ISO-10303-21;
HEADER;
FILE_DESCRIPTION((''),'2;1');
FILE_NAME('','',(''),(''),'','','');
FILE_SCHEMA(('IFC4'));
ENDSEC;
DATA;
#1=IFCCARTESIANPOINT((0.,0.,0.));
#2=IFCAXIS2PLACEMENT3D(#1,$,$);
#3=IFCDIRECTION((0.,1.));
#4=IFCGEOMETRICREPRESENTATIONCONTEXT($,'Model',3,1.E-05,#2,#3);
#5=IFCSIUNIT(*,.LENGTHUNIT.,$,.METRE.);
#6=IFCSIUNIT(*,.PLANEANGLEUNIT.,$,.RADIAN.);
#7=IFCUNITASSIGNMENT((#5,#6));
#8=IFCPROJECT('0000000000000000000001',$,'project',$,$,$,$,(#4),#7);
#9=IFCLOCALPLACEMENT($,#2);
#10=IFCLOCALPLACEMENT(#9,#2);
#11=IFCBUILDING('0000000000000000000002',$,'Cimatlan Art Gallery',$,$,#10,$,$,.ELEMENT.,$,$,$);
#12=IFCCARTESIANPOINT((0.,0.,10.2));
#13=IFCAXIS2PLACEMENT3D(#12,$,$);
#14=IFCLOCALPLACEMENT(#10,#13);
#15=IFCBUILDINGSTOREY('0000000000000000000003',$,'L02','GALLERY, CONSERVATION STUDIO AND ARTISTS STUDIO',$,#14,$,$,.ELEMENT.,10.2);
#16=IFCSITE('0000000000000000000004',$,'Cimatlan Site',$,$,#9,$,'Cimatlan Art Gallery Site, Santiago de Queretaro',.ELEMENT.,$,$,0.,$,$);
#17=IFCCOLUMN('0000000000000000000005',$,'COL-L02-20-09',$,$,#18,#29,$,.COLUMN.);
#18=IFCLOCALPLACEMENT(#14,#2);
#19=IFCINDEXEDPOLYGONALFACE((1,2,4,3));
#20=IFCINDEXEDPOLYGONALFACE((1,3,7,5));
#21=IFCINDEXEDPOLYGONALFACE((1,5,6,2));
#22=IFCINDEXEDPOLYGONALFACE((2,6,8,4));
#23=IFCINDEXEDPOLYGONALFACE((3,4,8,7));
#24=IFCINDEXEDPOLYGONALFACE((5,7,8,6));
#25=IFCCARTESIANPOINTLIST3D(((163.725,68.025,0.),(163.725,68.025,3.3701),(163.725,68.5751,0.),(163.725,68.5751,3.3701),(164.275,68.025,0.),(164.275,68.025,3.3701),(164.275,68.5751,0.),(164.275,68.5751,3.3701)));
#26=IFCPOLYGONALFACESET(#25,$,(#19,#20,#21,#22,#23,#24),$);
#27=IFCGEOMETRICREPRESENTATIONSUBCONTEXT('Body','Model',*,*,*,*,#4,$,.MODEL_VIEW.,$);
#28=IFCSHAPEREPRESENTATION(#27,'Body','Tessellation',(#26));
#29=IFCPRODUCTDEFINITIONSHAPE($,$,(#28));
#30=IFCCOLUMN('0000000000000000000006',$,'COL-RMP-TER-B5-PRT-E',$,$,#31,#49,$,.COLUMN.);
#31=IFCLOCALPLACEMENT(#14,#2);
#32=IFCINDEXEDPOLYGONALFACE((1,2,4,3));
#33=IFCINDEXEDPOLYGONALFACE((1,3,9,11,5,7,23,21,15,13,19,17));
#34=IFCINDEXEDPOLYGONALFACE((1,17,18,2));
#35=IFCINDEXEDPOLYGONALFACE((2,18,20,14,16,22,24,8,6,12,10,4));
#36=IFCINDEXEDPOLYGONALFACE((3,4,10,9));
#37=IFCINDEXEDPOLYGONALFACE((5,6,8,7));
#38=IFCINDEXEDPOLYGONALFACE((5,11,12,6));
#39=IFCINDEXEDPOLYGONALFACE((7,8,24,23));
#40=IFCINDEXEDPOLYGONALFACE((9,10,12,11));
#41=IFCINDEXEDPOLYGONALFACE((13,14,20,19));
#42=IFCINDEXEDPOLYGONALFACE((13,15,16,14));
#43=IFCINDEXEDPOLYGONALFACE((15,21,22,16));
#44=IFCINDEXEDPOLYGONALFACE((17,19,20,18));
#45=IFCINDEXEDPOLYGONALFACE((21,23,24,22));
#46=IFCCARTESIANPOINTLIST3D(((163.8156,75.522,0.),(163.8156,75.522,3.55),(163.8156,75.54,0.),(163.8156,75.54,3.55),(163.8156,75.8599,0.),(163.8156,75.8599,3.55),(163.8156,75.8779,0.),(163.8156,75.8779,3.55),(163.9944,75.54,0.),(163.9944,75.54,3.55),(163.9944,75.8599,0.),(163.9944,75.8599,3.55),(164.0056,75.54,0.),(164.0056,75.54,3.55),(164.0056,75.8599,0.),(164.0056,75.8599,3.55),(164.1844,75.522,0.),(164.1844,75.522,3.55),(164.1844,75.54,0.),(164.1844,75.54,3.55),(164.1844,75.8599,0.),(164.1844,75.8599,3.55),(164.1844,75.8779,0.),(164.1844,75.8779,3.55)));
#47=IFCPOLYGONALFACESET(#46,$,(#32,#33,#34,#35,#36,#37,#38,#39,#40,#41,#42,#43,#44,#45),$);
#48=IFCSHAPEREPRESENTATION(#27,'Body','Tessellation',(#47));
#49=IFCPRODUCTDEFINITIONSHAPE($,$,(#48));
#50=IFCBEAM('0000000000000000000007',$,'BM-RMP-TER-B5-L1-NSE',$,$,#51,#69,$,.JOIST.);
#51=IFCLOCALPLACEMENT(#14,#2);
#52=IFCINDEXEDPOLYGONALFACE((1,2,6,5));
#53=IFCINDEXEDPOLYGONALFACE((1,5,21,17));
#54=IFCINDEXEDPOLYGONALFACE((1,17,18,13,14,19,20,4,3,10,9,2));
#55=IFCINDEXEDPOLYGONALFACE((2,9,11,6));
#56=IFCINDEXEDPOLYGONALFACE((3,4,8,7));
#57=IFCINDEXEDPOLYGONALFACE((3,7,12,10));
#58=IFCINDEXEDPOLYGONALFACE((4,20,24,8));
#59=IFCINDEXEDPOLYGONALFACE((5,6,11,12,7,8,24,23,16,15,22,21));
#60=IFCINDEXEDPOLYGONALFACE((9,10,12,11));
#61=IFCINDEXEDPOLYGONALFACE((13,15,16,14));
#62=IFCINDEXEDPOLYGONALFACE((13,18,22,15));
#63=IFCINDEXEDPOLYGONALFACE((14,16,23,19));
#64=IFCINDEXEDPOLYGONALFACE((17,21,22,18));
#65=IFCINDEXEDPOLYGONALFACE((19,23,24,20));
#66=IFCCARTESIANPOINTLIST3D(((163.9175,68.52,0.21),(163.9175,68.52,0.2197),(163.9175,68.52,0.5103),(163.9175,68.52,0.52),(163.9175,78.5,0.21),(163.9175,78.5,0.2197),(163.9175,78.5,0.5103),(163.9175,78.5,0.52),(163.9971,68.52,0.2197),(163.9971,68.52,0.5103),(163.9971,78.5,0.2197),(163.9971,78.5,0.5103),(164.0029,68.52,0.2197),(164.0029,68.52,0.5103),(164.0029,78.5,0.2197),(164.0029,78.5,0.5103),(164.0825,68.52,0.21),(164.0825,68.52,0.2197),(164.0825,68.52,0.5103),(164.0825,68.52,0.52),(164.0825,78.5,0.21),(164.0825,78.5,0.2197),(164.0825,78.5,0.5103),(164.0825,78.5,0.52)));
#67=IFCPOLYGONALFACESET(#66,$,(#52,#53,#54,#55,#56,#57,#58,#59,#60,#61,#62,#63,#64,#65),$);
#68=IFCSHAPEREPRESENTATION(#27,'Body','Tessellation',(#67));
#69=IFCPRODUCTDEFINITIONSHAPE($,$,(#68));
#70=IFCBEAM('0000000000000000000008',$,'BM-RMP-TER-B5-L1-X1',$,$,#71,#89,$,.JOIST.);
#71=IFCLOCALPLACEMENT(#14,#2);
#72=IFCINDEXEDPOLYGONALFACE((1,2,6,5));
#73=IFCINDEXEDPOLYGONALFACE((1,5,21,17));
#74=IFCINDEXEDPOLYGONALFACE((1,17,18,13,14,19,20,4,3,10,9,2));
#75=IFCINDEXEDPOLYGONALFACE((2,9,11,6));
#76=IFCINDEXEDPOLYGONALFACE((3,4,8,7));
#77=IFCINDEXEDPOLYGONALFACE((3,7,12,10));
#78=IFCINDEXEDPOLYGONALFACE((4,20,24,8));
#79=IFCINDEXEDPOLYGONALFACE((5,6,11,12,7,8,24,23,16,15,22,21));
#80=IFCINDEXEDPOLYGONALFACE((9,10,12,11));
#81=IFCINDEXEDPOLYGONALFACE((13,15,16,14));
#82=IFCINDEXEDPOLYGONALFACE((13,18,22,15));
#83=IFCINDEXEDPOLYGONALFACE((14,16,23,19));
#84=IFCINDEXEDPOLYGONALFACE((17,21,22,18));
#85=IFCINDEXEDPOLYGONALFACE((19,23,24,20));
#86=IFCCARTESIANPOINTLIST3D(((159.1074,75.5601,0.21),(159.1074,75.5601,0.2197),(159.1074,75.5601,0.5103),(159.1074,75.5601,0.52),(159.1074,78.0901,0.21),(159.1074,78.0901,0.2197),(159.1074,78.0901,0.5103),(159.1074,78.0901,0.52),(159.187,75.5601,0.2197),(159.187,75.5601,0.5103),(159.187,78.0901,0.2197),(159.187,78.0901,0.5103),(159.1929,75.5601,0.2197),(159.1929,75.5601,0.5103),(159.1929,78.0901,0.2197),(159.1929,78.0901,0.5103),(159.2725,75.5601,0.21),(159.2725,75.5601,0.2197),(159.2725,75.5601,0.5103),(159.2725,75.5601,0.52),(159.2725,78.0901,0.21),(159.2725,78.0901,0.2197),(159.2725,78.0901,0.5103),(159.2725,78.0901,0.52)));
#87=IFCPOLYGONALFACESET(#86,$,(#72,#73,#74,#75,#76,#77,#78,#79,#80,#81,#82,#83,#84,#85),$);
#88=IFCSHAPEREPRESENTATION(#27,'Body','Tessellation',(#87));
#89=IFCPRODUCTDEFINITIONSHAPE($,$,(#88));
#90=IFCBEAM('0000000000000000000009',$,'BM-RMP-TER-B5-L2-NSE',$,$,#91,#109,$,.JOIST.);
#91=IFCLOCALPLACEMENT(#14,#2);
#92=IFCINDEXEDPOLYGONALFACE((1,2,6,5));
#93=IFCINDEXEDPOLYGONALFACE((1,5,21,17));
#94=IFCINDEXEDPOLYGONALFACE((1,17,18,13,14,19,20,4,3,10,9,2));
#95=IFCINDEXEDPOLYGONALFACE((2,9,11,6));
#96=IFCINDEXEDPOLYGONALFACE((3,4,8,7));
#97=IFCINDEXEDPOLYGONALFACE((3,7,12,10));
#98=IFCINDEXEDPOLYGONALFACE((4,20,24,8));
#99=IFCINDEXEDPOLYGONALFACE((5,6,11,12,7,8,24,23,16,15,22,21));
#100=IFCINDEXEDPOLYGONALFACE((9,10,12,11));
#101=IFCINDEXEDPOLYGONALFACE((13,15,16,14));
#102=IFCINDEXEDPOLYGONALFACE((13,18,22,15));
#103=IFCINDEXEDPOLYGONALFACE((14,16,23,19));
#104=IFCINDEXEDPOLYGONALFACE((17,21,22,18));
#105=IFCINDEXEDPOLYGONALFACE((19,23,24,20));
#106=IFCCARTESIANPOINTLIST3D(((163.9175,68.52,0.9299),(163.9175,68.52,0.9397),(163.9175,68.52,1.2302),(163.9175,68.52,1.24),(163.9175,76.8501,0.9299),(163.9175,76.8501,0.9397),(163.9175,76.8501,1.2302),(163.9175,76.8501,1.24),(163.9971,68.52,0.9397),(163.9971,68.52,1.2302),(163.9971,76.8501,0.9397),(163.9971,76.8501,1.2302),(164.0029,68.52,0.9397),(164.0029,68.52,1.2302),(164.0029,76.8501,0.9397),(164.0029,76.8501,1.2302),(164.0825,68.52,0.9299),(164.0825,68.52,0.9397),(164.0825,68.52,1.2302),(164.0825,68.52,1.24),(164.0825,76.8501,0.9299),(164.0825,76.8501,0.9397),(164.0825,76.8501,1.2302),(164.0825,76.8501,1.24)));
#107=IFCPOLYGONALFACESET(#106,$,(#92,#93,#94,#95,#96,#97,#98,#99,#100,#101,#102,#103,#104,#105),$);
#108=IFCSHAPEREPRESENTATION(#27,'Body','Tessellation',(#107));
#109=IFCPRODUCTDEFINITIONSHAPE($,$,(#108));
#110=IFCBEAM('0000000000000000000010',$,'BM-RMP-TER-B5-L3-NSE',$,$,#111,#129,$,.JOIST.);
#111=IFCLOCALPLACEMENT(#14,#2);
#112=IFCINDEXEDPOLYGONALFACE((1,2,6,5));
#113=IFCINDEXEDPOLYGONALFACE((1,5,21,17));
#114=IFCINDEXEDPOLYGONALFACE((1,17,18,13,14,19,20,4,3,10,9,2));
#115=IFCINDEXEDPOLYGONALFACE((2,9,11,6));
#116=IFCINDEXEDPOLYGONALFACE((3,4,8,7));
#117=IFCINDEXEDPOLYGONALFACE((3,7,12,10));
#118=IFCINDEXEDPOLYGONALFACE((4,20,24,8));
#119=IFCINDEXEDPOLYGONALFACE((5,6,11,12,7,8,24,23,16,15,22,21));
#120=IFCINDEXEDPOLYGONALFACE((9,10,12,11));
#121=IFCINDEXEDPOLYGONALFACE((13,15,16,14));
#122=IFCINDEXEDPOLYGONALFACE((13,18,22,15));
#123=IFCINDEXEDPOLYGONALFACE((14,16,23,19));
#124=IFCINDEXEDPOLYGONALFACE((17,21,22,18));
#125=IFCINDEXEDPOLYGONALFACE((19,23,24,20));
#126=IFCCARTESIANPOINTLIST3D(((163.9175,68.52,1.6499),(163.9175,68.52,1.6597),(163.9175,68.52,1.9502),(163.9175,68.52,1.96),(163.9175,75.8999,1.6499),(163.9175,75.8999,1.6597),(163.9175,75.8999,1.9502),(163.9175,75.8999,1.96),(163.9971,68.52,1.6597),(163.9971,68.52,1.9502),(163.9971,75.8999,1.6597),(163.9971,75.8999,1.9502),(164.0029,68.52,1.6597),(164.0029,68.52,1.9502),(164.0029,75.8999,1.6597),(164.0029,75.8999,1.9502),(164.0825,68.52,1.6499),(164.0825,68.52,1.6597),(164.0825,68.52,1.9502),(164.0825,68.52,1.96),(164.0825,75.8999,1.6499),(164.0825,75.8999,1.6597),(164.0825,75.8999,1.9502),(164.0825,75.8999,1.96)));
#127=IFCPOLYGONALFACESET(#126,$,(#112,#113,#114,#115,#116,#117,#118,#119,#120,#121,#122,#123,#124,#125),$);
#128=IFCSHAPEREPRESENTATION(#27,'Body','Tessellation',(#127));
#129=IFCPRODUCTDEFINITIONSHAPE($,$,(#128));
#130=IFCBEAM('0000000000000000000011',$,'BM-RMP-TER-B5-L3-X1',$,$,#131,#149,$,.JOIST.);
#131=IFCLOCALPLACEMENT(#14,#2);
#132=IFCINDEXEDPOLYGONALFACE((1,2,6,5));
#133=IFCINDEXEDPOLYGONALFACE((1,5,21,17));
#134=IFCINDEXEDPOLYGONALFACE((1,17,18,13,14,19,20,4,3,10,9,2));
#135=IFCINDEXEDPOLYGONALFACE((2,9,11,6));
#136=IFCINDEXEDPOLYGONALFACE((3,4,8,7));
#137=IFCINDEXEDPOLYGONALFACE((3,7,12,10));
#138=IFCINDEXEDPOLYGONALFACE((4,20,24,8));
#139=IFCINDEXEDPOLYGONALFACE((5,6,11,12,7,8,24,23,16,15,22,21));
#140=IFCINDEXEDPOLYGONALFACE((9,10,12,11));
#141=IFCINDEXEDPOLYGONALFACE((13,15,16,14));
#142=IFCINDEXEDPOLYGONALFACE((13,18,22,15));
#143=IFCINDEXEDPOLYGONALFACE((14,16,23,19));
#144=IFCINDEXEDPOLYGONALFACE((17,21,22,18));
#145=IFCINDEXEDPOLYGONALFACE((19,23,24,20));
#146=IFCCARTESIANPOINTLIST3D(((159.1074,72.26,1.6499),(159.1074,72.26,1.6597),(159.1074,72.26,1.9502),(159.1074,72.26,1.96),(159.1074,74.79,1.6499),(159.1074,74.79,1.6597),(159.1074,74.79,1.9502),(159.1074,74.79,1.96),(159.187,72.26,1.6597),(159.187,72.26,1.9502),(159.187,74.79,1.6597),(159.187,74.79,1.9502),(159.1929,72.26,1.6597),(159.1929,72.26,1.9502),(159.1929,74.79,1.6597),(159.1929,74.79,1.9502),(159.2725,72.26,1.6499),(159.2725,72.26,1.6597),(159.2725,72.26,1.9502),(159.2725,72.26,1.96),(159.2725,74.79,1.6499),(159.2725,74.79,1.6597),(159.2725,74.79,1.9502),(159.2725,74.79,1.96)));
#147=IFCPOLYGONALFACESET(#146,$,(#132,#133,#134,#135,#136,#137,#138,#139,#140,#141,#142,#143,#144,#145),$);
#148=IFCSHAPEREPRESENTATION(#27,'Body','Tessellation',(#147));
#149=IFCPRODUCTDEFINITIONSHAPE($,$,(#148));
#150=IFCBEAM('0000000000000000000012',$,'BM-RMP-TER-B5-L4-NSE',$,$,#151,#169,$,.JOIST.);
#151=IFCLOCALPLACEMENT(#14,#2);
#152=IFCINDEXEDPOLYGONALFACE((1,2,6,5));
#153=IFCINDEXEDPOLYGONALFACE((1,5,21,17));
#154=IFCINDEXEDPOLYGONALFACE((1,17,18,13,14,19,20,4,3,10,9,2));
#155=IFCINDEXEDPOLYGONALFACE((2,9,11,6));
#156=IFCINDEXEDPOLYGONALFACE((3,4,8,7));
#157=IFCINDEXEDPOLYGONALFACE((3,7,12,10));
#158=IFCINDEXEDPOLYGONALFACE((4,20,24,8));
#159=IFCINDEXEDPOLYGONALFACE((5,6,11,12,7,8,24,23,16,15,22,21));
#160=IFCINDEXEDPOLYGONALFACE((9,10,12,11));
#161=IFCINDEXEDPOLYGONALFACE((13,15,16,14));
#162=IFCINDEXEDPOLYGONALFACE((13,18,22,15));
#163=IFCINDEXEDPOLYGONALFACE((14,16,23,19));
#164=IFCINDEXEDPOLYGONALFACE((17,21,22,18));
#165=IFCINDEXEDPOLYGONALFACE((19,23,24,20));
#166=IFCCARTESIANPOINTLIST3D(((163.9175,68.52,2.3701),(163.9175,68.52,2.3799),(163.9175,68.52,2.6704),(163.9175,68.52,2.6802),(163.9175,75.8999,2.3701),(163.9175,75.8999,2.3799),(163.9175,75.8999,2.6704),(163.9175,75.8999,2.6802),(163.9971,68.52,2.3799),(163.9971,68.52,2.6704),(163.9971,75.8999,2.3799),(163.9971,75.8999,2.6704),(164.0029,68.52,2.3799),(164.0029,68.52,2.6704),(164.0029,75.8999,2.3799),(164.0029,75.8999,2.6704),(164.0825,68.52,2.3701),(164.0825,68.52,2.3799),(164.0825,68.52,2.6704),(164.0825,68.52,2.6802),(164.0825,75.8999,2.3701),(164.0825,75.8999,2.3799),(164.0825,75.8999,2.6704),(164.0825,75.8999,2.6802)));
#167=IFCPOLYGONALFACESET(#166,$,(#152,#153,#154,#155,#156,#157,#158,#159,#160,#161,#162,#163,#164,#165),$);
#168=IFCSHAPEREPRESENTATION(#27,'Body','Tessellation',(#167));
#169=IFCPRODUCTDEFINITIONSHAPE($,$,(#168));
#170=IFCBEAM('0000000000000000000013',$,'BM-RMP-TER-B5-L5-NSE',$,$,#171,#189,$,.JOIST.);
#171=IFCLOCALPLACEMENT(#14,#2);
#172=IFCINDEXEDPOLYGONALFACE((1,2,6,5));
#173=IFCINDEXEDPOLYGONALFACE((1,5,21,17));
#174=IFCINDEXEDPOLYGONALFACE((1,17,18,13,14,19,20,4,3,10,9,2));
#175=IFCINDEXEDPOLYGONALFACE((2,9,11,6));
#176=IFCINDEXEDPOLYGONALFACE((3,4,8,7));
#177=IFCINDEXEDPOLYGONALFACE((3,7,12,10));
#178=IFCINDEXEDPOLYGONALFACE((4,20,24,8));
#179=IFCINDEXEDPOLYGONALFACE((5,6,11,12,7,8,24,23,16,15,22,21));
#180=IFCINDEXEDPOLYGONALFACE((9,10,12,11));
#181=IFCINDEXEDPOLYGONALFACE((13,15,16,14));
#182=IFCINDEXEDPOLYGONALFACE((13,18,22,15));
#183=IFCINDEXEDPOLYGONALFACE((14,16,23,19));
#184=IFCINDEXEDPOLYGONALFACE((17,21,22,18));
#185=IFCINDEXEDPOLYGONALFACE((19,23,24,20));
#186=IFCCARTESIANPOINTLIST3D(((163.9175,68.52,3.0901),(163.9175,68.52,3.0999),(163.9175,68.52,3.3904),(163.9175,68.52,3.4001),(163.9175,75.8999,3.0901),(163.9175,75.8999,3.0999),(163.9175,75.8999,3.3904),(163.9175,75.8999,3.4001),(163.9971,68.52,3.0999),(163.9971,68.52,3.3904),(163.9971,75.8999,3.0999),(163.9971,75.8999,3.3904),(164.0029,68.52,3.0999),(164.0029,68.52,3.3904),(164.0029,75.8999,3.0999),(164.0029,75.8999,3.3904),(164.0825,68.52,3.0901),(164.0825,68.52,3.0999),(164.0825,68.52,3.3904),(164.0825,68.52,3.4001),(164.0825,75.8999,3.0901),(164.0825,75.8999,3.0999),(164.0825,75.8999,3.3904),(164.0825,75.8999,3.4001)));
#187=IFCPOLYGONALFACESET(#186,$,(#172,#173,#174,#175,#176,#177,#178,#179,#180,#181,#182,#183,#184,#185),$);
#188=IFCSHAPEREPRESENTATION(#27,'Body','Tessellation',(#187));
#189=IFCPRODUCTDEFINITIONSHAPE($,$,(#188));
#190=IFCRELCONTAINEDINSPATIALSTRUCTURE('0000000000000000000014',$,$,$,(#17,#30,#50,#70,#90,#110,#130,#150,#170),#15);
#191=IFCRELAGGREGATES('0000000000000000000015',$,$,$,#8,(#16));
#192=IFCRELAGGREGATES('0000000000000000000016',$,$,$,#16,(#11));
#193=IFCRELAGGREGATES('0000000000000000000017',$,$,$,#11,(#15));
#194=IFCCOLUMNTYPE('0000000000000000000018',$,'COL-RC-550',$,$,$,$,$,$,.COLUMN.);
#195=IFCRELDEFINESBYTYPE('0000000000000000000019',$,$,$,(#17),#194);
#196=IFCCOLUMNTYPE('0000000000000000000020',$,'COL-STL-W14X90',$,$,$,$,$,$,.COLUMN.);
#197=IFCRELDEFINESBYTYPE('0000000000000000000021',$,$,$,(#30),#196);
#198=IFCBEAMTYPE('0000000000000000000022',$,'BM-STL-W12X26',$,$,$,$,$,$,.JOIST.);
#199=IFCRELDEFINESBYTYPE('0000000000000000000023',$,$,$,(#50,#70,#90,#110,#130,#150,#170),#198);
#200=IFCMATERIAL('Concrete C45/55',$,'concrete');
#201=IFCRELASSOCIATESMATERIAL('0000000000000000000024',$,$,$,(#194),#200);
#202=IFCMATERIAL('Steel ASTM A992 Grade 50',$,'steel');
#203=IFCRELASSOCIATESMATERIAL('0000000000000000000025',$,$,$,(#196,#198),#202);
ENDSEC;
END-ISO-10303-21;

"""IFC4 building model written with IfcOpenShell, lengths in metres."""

from ifc_helpers import new_model, si_unit, direction, frame, origin, origin_2d, place, context, subcontext, project, spatial, rectangle, i_section, extrude, material, material_profile, profile_set, type_object, element, save


model = new_model("IFC4")

# Units and contexts
model_context = context("Model", 3, precision=1e-05, world=origin(), true_north=direction((0.0, 1.0)))
body_context = subcontext(model_context, "Body", "Model", "MODEL_VIEW")
ifc_project = project(units=[si_unit("LENGTHUNIT", "METRE"), si_unit("PLANEANGLEUNIT", "RADIAN")], contexts=[model_context])

# Site, building, storey
site_placement = place(None, origin())
site = spatial("IfcSite", under=ifc_project, at=site_placement, Name="Cimatlan Site", LongName="Cimatlan Art Gallery Site, Santiago de Queretaro", CompositionType="ELEMENT", RefElevation=0.0)
building_placement = place(site_placement, origin())
building = spatial("IfcBuilding", under=site, at=building_placement, Name="Cimatlan Art Gallery", CompositionType="ELEMENT")
storey_placement = place(building_placement, frame((0.0, 0.0, 10.2)))
storey = spatial("IfcBuildingStorey", under=building, at=storey_placement, Name="L02", Description="GALLERY, CONSERVATION STUDIO AND ARTISTS STUDIO", CompositionType="ELEMENT", Elevation=10.2)

# Columns
ifc_material_1 = material(Name="Concrete C45/55", Category="concrete")
ifc_material_profile_1 = material_profile(ifc_material_1, rectangle(XDim=0.55, YDim=0.55, at=origin_2d()), Name="RC550X550")
ifc_profile_set_1 = profile_set([ifc_material_profile_1], Name="Concrete C45/55")
column_type_1 = type_object("IfcColumnType", Name="COL-RC-550", PredefinedType="COLUMN", material=ifc_profile_set_1)
column_1_placement = place(storey_placement, frame((164.0, 68.3, 0.0), z_axis=(0.0, 0.0, 1.0), x_axis=(1.0, 0.0, 0.0)))
element("IfcColumn", 1, at=column_1_placement, inside=storey, type_object=column_type_1, Name="COL-L02-20-09", PredefinedType="COLUMN", context=body_context, shape_type="SweptSolid", body=[
    extrude(rectangle(XDim=0.55, YDim=0.55, at=origin_2d()), origin(), (0.0, 0.0, 1.0), 3.3701),
])
ifc_material_2 = material(Name="Steel ASTM A992 Grade 50", Category="steel")
ifc_material_profile_2 = material_profile(ifc_material_2, i_section(OverallWidth=0.3689, OverallDepth=0.356, WebThickness=0.0112, FlangeThickness=0.0181, at=origin_2d()), Name="W14X90")
ifc_profile_set_2 = profile_set([ifc_material_profile_2], Name="Steel ASTM A992 Grade 50")
column_type_2 = type_object("IfcColumnType", Name="COL-STL-W14X90", PredefinedType="COLUMN", material=ifc_profile_set_2)
column_2_placement = place(storey_placement, frame((164.0, 75.7, 0.0), z_axis=(0.0, 0.0, 1.0), x_axis=(1.0, 0.0, 0.0)))
element("IfcColumn", 2, at=column_2_placement, inside=storey, type_object=column_type_2, Name="COL-RMP-TER-B5-PRT-E", PredefinedType="COLUMN", context=body_context, shape_type="SweptSolid", body=[
    extrude(i_section(OverallWidth=0.3689, OverallDepth=0.356, WebThickness=0.0112, FlangeThickness=0.0181, at=origin_2d()), origin(), (0.0, 0.0, 1.0), 3.55),
])

# Beams
ifc_material_profile_3 = material_profile(ifc_material_2, i_section(OverallWidth=0.165, OverallDepth=0.3101, WebThickness=0.0059, FlangeThickness=0.0098, at=origin_2d()), Name="W12X26")
ifc_profile_set_3 = profile_set([ifc_material_profile_3], Name="Steel ASTM A992 Grade 50")
beam_type = type_object("IfcBeamType", Name="BM-STL-W12X26", PredefinedType="JOIST", material=ifc_profile_set_3)
beam_1_placement = place(storey_placement, frame((164.0, 68.52, 0.365), z_axis=(0.0, 1.0, 0.0), x_axis=(-1.0, 0.0, 0.0)))
element("IfcBeam", 3, at=beam_1_placement, inside=storey, type_object=beam_type, Name="BM-RMP-TER-B5-L1-NSE", PredefinedType="JOIST", context=body_context, shape_type="SweptSolid", body=[
    extrude(i_section(OverallWidth=0.165, OverallDepth=0.3101, WebThickness=0.0059, FlangeThickness=0.0098, at=origin_2d()), origin(), (0.0, 0.0, 1.0), 9.98),
])
beam_2_placement = place(storey_placement, frame((159.1899, 75.5601, 0.365), z_axis=(0.0, 1.0, 0.0), x_axis=(-1.0, 0.0, 0.0)))
element("IfcBeam", 4, at=beam_2_placement, inside=storey, type_object=beam_type, Name="BM-RMP-TER-B5-L1-X1", PredefinedType="JOIST", context=body_context, shape_type="SweptSolid", body=[
    extrude(i_section(OverallWidth=0.165, OverallDepth=0.3101, WebThickness=0.0059, FlangeThickness=0.0098, at=origin_2d()), origin(), (0.0, 0.0, 1.0), 2.53),
])
beam_3_placement = place(storey_placement, frame((164.0, 68.52, 1.085), z_axis=(0.0, 1.0, 0.0), x_axis=(-1.0, 0.0, 0.0)))
element("IfcBeam", 5, at=beam_3_placement, inside=storey, type_object=beam_type, Name="BM-RMP-TER-B5-L2-NSE", PredefinedType="JOIST", context=body_context, shape_type="SweptSolid", body=[
    extrude(i_section(OverallWidth=0.165, OverallDepth=0.3101, WebThickness=0.0059, FlangeThickness=0.0098, at=origin_2d()), origin(), (0.0, 0.0, 1.0), 8.3301),
])
beam_4_placement = place(storey_placement, frame((164.0, 68.52, 1.8049), z_axis=(0.0, 1.0, 0.0), x_axis=(-1.0, 0.0, 0.0)))
element("IfcBeam", 6, at=beam_4_placement, inside=storey, type_object=beam_type, Name="BM-RMP-TER-B5-L3-NSE", PredefinedType="JOIST", context=body_context, shape_type="SweptSolid", body=[
    extrude(i_section(OverallWidth=0.165, OverallDepth=0.3101, WebThickness=0.0059, FlangeThickness=0.0098, at=origin_2d()), origin(), (0.0, 0.0, 1.0), 7.3799),
])
beam_5_placement = place(storey_placement, frame((159.1899, 72.26, 1.8049), z_axis=(0.0, 1.0, 0.0), x_axis=(-1.0, 0.0, 0.0)))
element("IfcBeam", 7, at=beam_5_placement, inside=storey, type_object=beam_type, Name="BM-RMP-TER-B5-L3-X1", PredefinedType="JOIST", context=body_context, shape_type="SweptSolid", body=[
    extrude(i_section(OverallWidth=0.165, OverallDepth=0.3101, WebThickness=0.0059, FlangeThickness=0.0098, at=origin_2d()), origin(), (0.0, 0.0, 1.0), 2.53),
])
for number, where, z_axis, x_axis, name in (
    (8, (164.0, 68.52, 2.5251), (0.0, 1.0, 0.0), (-1.0, 0.0, 0.0), "BM-RMP-TER-B5-L4-NSE"),
    (9, (164.0, 68.52, 3.2451), (0.0, 1.0, 0.0), (-1.0, 0.0, 0.0), "BM-RMP-TER-B5-L5-NSE"),
):
    element("IfcBeam", number, at=place(storey_placement, frame(where, z_axis=z_axis, x_axis=x_axis)), inside=storey, type_object=beam_type, Name=name, PredefinedType="JOIST", context=body_context, shape_type="SweptSolid", body=[
        extrude(i_section(OverallWidth=0.165, OverallDepth=0.3101, WebThickness=0.0059, FlangeThickness=0.0098, at=origin_2d()), origin(), (0.0, 0.0, 1.0), 7.3799),
    ])

save(model, "model.ifc")
